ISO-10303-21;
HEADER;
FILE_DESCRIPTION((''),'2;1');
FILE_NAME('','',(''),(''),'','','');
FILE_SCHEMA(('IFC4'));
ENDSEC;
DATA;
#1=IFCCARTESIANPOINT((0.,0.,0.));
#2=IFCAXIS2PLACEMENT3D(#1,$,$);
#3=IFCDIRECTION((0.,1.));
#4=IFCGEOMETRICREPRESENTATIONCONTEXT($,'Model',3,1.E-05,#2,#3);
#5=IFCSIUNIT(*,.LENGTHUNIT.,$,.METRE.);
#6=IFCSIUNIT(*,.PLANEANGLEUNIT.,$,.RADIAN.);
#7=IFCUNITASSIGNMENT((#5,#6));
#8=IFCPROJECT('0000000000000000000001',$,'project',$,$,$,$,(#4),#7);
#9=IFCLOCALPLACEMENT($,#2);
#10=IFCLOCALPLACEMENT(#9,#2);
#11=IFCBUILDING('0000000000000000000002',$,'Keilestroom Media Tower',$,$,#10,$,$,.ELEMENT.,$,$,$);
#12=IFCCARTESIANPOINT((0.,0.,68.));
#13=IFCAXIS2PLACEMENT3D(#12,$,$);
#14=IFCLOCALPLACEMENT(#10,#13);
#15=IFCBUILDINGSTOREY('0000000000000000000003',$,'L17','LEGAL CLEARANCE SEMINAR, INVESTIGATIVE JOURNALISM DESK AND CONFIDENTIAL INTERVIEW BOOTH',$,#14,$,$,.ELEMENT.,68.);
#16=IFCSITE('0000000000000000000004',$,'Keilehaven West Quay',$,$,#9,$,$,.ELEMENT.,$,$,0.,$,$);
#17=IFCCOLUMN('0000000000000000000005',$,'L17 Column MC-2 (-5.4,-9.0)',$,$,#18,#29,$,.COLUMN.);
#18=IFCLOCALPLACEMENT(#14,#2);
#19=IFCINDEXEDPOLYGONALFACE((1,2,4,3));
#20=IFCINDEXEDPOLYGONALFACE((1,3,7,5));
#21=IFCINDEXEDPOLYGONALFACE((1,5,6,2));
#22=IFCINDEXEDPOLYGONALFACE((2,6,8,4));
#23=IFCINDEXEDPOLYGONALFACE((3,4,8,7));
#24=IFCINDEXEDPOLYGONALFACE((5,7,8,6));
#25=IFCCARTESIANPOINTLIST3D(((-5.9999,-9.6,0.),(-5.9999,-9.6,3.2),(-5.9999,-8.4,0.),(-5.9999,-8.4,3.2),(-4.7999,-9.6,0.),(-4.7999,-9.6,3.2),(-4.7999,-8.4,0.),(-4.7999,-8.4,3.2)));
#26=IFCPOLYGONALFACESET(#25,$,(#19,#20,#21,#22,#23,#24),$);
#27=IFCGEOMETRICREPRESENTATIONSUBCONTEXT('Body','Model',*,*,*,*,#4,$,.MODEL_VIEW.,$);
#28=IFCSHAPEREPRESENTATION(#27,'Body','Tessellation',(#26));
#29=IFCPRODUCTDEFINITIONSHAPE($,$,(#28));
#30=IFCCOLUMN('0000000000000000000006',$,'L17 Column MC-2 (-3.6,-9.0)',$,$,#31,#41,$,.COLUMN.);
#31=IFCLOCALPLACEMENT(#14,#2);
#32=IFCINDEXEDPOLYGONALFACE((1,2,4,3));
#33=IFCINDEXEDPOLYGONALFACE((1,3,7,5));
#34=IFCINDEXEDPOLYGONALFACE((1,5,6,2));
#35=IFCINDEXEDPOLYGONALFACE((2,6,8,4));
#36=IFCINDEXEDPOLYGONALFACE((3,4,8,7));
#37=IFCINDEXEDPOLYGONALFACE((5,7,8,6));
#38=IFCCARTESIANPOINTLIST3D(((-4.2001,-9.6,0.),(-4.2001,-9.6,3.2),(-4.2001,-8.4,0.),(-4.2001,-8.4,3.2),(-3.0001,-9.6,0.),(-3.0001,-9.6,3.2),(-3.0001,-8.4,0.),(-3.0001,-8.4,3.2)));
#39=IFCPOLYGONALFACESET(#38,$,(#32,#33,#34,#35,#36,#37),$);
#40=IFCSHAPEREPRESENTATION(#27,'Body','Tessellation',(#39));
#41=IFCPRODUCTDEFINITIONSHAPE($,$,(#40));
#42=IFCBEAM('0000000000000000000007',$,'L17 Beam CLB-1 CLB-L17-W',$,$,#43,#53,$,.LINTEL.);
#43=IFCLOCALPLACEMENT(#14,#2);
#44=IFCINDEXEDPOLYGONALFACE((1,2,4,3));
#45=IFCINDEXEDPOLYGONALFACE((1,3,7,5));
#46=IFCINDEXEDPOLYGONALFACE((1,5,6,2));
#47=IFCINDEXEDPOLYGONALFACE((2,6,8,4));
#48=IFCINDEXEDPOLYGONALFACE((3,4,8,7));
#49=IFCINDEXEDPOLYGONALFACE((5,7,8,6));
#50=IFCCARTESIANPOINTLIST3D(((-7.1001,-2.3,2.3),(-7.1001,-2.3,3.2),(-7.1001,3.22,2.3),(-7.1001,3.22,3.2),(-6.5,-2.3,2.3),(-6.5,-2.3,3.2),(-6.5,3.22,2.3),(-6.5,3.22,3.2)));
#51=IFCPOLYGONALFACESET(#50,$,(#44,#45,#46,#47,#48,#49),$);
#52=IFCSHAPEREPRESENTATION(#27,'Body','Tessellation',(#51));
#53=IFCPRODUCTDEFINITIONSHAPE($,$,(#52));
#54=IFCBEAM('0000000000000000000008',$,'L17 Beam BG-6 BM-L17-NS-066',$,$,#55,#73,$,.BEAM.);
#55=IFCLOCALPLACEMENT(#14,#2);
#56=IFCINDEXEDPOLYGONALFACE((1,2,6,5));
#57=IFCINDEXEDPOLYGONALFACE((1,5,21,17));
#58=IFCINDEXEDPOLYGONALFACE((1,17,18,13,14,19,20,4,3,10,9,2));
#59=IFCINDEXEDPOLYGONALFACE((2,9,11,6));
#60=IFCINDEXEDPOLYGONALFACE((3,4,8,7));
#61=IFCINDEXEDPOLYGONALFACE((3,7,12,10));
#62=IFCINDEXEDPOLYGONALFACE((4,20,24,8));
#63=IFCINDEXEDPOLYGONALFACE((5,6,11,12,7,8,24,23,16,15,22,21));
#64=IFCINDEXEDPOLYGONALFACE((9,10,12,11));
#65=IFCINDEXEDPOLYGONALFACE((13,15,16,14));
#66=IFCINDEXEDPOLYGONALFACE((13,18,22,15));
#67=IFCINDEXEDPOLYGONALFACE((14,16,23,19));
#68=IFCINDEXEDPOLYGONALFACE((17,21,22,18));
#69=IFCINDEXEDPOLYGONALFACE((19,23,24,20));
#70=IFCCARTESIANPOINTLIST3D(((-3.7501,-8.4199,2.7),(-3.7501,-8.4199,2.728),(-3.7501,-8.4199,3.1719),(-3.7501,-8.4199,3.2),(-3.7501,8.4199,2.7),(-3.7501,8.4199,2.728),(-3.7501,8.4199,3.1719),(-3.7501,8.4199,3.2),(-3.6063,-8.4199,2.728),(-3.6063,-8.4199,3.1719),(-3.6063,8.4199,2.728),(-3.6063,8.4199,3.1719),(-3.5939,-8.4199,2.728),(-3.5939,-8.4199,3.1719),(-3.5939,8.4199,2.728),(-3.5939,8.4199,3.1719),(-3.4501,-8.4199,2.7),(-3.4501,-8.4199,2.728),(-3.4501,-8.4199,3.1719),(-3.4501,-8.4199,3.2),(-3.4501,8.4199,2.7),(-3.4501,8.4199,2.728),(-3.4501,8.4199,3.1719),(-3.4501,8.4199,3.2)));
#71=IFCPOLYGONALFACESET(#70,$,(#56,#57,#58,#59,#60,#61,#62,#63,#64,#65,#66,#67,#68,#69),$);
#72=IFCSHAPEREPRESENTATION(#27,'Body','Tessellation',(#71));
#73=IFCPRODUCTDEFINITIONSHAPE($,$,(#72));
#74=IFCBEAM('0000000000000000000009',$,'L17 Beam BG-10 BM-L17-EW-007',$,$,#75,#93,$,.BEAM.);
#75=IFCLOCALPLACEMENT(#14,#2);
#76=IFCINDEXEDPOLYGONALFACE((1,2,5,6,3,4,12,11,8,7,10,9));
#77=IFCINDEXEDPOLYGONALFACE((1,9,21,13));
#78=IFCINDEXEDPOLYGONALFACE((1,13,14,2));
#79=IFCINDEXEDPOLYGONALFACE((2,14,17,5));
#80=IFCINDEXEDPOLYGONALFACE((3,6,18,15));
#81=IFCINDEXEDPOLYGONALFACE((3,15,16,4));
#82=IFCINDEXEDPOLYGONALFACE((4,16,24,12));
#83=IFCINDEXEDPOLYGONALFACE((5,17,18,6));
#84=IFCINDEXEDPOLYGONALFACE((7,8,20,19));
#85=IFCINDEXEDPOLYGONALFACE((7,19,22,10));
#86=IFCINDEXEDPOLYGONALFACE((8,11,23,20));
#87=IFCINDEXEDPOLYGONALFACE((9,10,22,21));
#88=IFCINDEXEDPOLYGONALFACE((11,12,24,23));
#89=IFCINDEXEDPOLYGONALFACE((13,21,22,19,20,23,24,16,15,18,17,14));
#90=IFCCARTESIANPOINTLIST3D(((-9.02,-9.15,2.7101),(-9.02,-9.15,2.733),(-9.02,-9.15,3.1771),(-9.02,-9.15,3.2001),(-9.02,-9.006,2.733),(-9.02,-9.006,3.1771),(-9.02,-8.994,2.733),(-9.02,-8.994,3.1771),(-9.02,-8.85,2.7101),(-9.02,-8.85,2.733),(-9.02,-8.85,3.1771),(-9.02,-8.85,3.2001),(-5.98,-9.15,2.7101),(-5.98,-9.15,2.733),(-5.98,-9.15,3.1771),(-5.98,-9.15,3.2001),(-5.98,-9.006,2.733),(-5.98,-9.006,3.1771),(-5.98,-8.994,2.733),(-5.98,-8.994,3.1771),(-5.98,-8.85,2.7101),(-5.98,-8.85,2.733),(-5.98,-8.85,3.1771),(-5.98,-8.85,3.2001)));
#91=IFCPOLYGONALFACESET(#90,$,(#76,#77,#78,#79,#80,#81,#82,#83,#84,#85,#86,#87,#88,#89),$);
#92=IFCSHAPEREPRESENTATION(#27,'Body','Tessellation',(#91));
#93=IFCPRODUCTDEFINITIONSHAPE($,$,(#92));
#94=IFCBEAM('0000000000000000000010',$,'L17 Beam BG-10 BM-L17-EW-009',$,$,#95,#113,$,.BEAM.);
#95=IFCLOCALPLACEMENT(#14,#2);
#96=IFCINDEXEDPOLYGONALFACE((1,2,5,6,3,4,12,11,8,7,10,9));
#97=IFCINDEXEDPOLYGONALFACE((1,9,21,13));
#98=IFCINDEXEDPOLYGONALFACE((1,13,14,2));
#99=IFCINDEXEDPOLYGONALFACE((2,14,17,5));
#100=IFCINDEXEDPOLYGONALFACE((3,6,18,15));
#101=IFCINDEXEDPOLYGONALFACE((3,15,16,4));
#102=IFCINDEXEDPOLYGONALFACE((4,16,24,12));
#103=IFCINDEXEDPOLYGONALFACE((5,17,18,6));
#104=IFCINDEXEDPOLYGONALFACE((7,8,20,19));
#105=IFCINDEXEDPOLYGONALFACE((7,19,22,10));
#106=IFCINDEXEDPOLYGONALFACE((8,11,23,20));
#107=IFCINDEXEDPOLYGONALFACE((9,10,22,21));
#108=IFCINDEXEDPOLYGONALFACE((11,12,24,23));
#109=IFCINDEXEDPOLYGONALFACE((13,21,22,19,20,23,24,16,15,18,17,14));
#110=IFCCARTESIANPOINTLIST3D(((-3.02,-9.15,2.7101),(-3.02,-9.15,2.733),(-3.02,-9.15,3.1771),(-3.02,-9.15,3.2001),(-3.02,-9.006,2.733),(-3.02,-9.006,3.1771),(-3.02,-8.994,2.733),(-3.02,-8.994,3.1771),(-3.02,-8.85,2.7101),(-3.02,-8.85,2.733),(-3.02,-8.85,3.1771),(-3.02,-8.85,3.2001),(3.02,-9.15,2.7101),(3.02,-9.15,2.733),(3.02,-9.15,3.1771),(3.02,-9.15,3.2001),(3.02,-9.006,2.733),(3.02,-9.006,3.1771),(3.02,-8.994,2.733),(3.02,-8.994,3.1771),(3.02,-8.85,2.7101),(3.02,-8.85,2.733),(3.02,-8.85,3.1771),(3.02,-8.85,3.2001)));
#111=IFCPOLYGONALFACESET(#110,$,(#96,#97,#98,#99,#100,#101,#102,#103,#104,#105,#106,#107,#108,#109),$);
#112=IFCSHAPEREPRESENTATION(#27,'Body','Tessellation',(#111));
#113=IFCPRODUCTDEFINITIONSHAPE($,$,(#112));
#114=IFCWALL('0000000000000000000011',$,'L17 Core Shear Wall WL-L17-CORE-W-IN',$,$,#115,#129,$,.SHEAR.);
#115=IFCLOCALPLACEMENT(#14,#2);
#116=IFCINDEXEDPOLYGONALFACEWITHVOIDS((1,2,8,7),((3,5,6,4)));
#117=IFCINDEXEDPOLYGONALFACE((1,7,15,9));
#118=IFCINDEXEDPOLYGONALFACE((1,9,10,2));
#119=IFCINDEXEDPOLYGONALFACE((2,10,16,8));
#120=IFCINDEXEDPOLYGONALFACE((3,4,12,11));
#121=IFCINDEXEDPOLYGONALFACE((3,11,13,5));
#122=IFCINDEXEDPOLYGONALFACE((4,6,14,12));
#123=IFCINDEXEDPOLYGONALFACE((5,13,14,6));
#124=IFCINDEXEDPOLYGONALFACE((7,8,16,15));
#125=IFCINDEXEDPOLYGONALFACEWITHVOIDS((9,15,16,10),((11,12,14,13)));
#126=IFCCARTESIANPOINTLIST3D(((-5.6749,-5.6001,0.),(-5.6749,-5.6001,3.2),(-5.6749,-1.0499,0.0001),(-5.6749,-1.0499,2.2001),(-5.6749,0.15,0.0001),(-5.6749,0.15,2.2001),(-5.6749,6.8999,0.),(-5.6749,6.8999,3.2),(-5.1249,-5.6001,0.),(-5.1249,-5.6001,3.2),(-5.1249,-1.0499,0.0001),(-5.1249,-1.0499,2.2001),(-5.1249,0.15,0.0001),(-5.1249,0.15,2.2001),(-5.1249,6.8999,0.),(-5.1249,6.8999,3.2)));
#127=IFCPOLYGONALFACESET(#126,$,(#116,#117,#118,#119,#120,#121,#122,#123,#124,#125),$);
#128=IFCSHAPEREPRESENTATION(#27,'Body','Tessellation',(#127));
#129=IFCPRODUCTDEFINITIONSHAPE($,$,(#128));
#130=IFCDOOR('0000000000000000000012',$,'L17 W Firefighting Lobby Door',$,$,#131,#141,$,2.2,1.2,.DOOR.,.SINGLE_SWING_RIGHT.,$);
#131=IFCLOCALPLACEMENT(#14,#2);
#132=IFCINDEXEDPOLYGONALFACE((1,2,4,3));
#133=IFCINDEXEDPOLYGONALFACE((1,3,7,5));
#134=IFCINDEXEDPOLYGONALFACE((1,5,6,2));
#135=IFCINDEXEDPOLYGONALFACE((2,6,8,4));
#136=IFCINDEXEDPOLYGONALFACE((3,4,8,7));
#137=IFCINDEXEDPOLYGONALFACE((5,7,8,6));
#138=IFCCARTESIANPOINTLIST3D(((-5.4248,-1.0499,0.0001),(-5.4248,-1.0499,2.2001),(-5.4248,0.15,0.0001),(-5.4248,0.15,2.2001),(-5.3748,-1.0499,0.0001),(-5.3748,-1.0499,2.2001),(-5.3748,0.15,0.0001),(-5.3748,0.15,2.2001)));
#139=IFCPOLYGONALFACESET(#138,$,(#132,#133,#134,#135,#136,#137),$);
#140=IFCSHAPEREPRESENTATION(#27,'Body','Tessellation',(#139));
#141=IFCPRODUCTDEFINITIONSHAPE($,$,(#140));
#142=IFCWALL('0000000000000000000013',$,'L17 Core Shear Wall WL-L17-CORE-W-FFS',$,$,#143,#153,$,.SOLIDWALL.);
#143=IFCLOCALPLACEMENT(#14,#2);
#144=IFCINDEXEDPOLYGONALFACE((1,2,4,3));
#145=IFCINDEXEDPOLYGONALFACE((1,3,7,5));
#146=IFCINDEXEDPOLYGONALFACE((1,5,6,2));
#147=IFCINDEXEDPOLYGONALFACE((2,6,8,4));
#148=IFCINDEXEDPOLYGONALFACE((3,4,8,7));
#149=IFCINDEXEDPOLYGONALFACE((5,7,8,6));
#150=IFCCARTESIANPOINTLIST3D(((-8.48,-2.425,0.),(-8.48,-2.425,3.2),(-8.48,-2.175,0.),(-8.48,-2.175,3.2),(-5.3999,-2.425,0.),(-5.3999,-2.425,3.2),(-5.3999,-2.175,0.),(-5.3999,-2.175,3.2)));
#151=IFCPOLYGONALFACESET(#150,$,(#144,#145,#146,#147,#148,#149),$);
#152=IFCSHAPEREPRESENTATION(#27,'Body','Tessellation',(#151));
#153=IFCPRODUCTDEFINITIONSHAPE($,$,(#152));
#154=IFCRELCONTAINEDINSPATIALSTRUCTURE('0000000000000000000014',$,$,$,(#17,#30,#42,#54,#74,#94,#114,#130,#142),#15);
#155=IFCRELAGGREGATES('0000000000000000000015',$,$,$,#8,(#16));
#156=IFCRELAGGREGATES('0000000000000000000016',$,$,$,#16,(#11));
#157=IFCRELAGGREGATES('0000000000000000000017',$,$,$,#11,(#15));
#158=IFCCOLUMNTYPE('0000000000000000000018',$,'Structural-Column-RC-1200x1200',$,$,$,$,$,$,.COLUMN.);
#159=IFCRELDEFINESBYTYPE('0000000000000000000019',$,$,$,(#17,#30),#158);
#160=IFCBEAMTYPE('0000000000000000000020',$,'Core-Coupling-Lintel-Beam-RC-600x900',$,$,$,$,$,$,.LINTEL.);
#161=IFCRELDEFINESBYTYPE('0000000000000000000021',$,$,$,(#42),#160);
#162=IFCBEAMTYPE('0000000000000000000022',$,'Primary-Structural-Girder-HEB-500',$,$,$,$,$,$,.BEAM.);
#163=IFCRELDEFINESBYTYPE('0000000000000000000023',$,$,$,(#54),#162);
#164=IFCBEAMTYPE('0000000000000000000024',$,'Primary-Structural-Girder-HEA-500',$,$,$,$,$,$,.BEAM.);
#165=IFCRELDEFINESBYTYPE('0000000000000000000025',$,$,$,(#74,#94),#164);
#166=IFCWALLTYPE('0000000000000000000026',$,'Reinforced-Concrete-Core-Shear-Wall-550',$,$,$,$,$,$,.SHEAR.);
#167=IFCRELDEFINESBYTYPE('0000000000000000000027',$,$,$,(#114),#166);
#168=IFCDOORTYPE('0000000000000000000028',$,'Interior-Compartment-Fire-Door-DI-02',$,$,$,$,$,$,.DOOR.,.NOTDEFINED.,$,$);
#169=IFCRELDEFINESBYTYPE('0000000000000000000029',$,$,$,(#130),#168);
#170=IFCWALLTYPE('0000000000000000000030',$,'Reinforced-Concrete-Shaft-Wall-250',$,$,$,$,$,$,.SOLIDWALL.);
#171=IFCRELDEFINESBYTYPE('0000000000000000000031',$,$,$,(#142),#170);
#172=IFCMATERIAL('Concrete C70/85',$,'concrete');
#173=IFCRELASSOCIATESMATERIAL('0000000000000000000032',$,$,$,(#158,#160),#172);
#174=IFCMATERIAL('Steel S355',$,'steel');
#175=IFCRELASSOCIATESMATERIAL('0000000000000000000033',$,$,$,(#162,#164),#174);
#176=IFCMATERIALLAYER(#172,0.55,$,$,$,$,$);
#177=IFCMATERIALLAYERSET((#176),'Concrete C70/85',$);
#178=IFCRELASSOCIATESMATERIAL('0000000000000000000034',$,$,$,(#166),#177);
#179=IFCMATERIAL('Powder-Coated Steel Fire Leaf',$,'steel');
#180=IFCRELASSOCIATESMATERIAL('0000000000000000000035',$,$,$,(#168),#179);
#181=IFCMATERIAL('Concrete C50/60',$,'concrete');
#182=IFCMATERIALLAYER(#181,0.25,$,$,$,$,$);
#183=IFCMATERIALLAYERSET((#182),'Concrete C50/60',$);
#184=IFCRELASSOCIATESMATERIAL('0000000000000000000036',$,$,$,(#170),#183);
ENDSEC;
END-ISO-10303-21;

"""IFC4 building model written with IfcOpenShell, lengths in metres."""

from ifc_helpers import new_model, si_unit, direction, frame, frame_2d, origin, origin_2d, place, context, subcontext, project, spatial, rectangle, i_section, extrude, source, transform, mapped, material, layer, layer_set, material_profile, profile_set, type_object, element, fill, save


model = new_model("IFC4")

# Units and contexts
model_context = context("Model", 3, precision=1e-05, world=origin(), true_north=direction((0.0, 1.0)))
body_context = subcontext(model_context, "Body", "Model", "MODEL_VIEW")
ifc_project = project(units=[si_unit("LENGTHUNIT", "METRE"), si_unit("PLANEANGLEUNIT", "RADIAN")], contexts=[model_context])

# Site, building, storey
site_placement = place(None, origin())
site = spatial("IfcSite", under=ifc_project, at=site_placement, Name="Keilehaven West Quay", CompositionType="ELEMENT", RefElevation=0.0)
building_placement = place(site_placement, origin())
building = spatial("IfcBuilding", under=site, at=building_placement, Name="Keilestroom Media Tower", CompositionType="ELEMENT")
storey_placement = place(building_placement, frame((0.0, 0.0, 68.0)))
storey = spatial("IfcBuildingStorey", under=building, at=storey_placement, Name="L17", Description="LEGAL CLEARANCE SEMINAR, INVESTIGATIVE JOURNALISM DESK AND CONFIDENTIAL INTERVIEW BOOTH", CompositionType="ELEMENT", Elevation=68.0)

# Columns
ifc_material_1 = material(Name="Concrete C70/85", Category="concrete")
ifc_material_profile_1 = material_profile(ifc_material_1, rectangle(XDim=1.2, YDim=1.2, at=origin_2d()), Name="RC 1200x1200")
ifc_profile_set_1 = profile_set([ifc_material_profile_1], Name="Concrete C70/85")
column_type = type_object("IfcColumnType", Name="Structural-Column-RC-1200x1200", PredefinedType="COLUMN", material=ifc_profile_set_1)
shared_shape_1 = source(origin(), body_context, "Body", "SweptSolid", [
    extrude(rectangle(XDim=1.2, YDim=1.2, at=origin_2d()), origin(), (0.0, 0.0, 1.0), 3.2),
])
for number, where, z_axis, x_axis, name in (
    (1, (-5.3999, -9.0, 0.0), (0.0, 0.0, 1.0), (1.0, 0.0, 0.0), "L17 Column MC-2 (-5.4,-9.0)"),
    (2, (-3.6001, -9.0, 0.0), (0.0, 0.0, 1.0), (1.0, 0.0, 0.0), "L17 Column MC-2 (-3.6,-9.0)"),
):
    element("IfcColumn", number, at=place(storey_placement, frame(where, z_axis=z_axis, x_axis=x_axis)), inside=storey, type_object=column_type, Name=name, PredefinedType="COLUMN", context=body_context, shape_type="MappedRepresentation", body=[
        mapped(shared_shape_1, transform((0.0, 0.0, 0.0), x_axis=(1.0, 0.0, 0.0), y_axis=(0.0, 1.0, 0.0), z_axis=(0.0, 0.0, 1.0), scale=1.0)),
    ])

# Beams
ifc_material_profile_2 = material_profile(ifc_material_1, rectangle(XDim=0.6001, YDim=0.8999, at=origin_2d()), Name="RC 600x900")
ifc_profile_set_2 = profile_set([ifc_material_profile_2], Name="Concrete C70/85")
beam_type_1 = type_object("IfcBeamType", Name="Core-Coupling-Lintel-Beam-RC-600x900", PredefinedType="LINTEL", material=ifc_profile_set_2)
shared_shape_2 = source(origin(), body_context, "Body", "SweptSolid", [
    extrude(rectangle(XDim=0.6001, YDim=0.8999, at=origin_2d()), origin(), (0.0, 0.0, 1.0), 5.52),
])
beam_1_placement = place(storey_placement, frame((-6.8, -2.3, 2.75), z_axis=(0.0, 1.0, 0.0), x_axis=(-1.0, 0.0, 0.0)))
element("IfcBeam", 3, at=beam_1_placement, inside=storey, type_object=beam_type_1, Name="L17 Beam CLB-1 CLB-L17-W", PredefinedType="LINTEL", context=body_context, shape_type="MappedRepresentation", body=[
    mapped(shared_shape_2, transform((0.0, 0.0, 0.0), x_axis=(1.0, 0.0, 0.0), y_axis=(0.0, 1.0, 0.0), z_axis=(0.0, 0.0, 1.0), scale=1.0)),
])
ifc_material_2 = material(Name="Steel S355", Category="steel")
ifc_material_profile_3 = material_profile(ifc_material_2, i_section(OverallWidth=0.3, OverallDepth=0.5, WebThickness=0.0125, FlangeThickness=0.0281, at=origin_2d()), Name="HEB 500")
ifc_profile_set_3 = profile_set([ifc_material_profile_3], Name="Steel S355")
beam_type_2 = type_object("IfcBeamType", Name="Primary-Structural-Girder-HEB-500", PredefinedType="BEAM", material=ifc_profile_set_3)
shared_shape_3 = source(origin(), body_context, "Body", "SweptSolid", [
    extrude(i_section(OverallWidth=0.3, OverallDepth=0.5, WebThickness=0.0125, FlangeThickness=0.0281, at=origin_2d()), origin(), (0.0, 0.0, 1.0), 16.8398),
])
beam_2_placement = place(storey_placement, frame((-3.6001, -8.4199, 2.95), z_axis=(0.0, 1.0, 0.0), x_axis=(-1.0, 0.0, 0.0)))
element("IfcBeam", 4, at=beam_2_placement, inside=storey, type_object=beam_type_2, Name="L17 Beam BG-6 BM-L17-NS-066", PredefinedType="BEAM", context=body_context, shape_type="MappedRepresentation", body=[
    mapped(shared_shape_3, transform((0.0, 0.0, 0.0), x_axis=(1.0, 0.0, 0.0), y_axis=(0.0, 1.0, 0.0), z_axis=(0.0, 0.0, 1.0), scale=1.0)),
])
ifc_material_profile_4 = material_profile(ifc_material_2, i_section(OverallWidth=0.3, OverallDepth=0.49, WebThickness=0.012, FlangeThickness=0.0229, at=origin_2d()), Name="HEA 500")
ifc_profile_set_4 = profile_set([ifc_material_profile_4], Name="Steel S355")
beam_type_3 = type_object("IfcBeamType", Name="Primary-Structural-Girder-HEA-500", PredefinedType="BEAM", material=ifc_profile_set_4)
shared_shape_4 = source(origin(), body_context, "Body", "SweptSolid", [
    extrude(i_section(OverallWidth=0.3, OverallDepth=0.49, WebThickness=0.012, FlangeThickness=0.0229, at=origin_2d()), origin(), (0.0, 0.0, 1.0), 3.04),
])
beam_3_placement = place(storey_placement, frame((-9.02, -9.0, 2.9551), z_axis=(1.0, 0.0, 0.0), x_axis=(0.0, 1.0, 0.0)))
element("IfcBeam", 5, at=beam_3_placement, inside=storey, type_object=beam_type_3, Name="L17 Beam BG-10 BM-L17-EW-007", PredefinedType="BEAM", context=body_context, shape_type="MappedRepresentation", body=[
    mapped(shared_shape_4, transform((0.0, 0.0, 0.0), x_axis=(1.0, 0.0, 0.0), y_axis=(0.0, 1.0, 0.0), z_axis=(0.0, 0.0, 1.0), scale=1.0)),
])
shared_shape_5 = source(origin(), body_context, "Body", "SweptSolid", [
    extrude(i_section(OverallWidth=0.3, OverallDepth=0.49, WebThickness=0.012, FlangeThickness=0.0229, at=origin_2d()), origin(), (0.0, 0.0, 1.0), 6.04),
])
beam_4_placement = place(storey_placement, frame((-3.02, -9.0, 2.9551), z_axis=(1.0, 0.0, 0.0), x_axis=(0.0, 1.0, 0.0)))
element("IfcBeam", 6, at=beam_4_placement, inside=storey, type_object=beam_type_3, Name="L17 Beam BG-10 BM-L17-EW-009", PredefinedType="BEAM", context=body_context, shape_type="MappedRepresentation", body=[
    mapped(shared_shape_5, transform((0.0, 0.0, 0.0), x_axis=(1.0, 0.0, 0.0), y_axis=(0.0, 1.0, 0.0), z_axis=(0.0, 0.0, 1.0), scale=1.0)),
])

# Wall, opening, door
ifc_layer_1 = layer(ifc_material_1, 0.55)
ifc_layer_set_1 = layer_set([ifc_layer_1], Name="Concrete C70/85")
wall_type_1 = type_object("IfcWallType", Name="Reinforced-Concrete-Core-Shear-Wall-550", PredefinedType="SHEAR", material=ifc_layer_set_1)
wall_1_placement = place(storey_placement, frame((-5.3999, -5.6001, 0.0), z_axis=(0.0, 0.0, 1.0), x_axis=(0.0, 1.0, 0.0)))
wall_1 = element("IfcWall", 7, at=wall_1_placement, inside=storey, type_object=wall_type_1, Name="L17 Core Shear Wall WL-L17-CORE-W-IN", PredefinedType="SHEAR", context=body_context, shape_type="SweptSolid", body=[
    extrude(rectangle(XDim=12.5, YDim=0.55, at=frame_2d((6.25, 0.0))), origin(), (0.0, 0.0, 1.0), 3.2),
])
opening_1_placement = place(wall_1_placement, frame((4.55, 0.0, 0.0)))
opening_1 = element("IfcOpeningElement", 8, at=opening_1_placement, cuts=wall_1, PredefinedType="OPENING", context=body_context, shape_type="SweptSolid", body=[
    extrude(rectangle(XDim=1.2, YDim=2.2, at=frame_2d((0.6001, 1.1001))), frame((0.0, 0.2852, 0.0), z_axis=(0.0, -1.0, 0.0), x_axis=(1.0, 0.0, 0.0)), (0.0, 0.0, 1.0), 0.5701),
])
ifc_material_3 = material(Name="Powder-Coated Steel Fire Leaf", Category="steel")
door_type_1 = type_object("IfcDoorType", Name="Interior-Compartment-Fire-Door-DI-02", OperationType="NOTDEFINED", PredefinedType="DOOR", material=ifc_material_3)
shared_shape_6 = source(origin(), body_context, "Body", "SweptSolid", [
    extrude(rectangle(XDim=1.2, YDim=2.2, at=frame_2d((0.6001, 1.1001))), frame((0.0, 0.0249, 0.0), z_axis=(0.0, -1.0, 0.0), x_axis=(1.0, 0.0, 0.0)), (0.0, 0.0, 1.0), 0.05),
])
door_1_placement = place(opening_1_placement, origin())
door_1 = element("IfcDoor", 9, at=door_1_placement, inside=storey, type_object=door_type_1, Name="L17 W Firefighting Lobby Door", OperationType="SINGLE_SWING_RIGHT", OverallHeight=2.2, OverallWidth=1.2, PredefinedType="DOOR", context=body_context, shape_type="MappedRepresentation", body=[
    mapped(shared_shape_6, transform((0.0, 0.0, 0.0), x_axis=(1.0, 0.0, 0.0), y_axis=(0.0, 1.0, 0.0), z_axis=(0.0, 0.0, 1.0), scale=1.0)),
])
fill(opening_1, door_1)

# Wall
ifc_material_4 = material(Name="Concrete C50/60", Category="concrete")
ifc_layer_2 = layer(ifc_material_4, 0.25)
ifc_layer_set_2 = layer_set([ifc_layer_2], Name="Concrete C50/60")
wall_type_2 = type_object("IfcWallType", Name="Reinforced-Concrete-Shaft-Wall-250", PredefinedType="SOLIDWALL", material=ifc_layer_set_2)
wall_2_placement = place(storey_placement, frame((-8.48, -2.3, 0.0), z_axis=(0.0, 0.0, 1.0), x_axis=(1.0, 0.0, 0.0)))
element("IfcWall", 10, at=wall_2_placement, inside=storey, type_object=wall_type_2, Name="L17 Core Shear Wall WL-L17-CORE-W-FFS", PredefinedType="SOLIDWALL", context=body_context, shape_type="SweptSolid", body=[
    extrude(rectangle(XDim=3.0801, YDim=0.25, at=frame_2d((1.54, 0.0))), origin(), (0.0, 0.0, 1.0), 3.2),
])

save(model, "model.ifc")
